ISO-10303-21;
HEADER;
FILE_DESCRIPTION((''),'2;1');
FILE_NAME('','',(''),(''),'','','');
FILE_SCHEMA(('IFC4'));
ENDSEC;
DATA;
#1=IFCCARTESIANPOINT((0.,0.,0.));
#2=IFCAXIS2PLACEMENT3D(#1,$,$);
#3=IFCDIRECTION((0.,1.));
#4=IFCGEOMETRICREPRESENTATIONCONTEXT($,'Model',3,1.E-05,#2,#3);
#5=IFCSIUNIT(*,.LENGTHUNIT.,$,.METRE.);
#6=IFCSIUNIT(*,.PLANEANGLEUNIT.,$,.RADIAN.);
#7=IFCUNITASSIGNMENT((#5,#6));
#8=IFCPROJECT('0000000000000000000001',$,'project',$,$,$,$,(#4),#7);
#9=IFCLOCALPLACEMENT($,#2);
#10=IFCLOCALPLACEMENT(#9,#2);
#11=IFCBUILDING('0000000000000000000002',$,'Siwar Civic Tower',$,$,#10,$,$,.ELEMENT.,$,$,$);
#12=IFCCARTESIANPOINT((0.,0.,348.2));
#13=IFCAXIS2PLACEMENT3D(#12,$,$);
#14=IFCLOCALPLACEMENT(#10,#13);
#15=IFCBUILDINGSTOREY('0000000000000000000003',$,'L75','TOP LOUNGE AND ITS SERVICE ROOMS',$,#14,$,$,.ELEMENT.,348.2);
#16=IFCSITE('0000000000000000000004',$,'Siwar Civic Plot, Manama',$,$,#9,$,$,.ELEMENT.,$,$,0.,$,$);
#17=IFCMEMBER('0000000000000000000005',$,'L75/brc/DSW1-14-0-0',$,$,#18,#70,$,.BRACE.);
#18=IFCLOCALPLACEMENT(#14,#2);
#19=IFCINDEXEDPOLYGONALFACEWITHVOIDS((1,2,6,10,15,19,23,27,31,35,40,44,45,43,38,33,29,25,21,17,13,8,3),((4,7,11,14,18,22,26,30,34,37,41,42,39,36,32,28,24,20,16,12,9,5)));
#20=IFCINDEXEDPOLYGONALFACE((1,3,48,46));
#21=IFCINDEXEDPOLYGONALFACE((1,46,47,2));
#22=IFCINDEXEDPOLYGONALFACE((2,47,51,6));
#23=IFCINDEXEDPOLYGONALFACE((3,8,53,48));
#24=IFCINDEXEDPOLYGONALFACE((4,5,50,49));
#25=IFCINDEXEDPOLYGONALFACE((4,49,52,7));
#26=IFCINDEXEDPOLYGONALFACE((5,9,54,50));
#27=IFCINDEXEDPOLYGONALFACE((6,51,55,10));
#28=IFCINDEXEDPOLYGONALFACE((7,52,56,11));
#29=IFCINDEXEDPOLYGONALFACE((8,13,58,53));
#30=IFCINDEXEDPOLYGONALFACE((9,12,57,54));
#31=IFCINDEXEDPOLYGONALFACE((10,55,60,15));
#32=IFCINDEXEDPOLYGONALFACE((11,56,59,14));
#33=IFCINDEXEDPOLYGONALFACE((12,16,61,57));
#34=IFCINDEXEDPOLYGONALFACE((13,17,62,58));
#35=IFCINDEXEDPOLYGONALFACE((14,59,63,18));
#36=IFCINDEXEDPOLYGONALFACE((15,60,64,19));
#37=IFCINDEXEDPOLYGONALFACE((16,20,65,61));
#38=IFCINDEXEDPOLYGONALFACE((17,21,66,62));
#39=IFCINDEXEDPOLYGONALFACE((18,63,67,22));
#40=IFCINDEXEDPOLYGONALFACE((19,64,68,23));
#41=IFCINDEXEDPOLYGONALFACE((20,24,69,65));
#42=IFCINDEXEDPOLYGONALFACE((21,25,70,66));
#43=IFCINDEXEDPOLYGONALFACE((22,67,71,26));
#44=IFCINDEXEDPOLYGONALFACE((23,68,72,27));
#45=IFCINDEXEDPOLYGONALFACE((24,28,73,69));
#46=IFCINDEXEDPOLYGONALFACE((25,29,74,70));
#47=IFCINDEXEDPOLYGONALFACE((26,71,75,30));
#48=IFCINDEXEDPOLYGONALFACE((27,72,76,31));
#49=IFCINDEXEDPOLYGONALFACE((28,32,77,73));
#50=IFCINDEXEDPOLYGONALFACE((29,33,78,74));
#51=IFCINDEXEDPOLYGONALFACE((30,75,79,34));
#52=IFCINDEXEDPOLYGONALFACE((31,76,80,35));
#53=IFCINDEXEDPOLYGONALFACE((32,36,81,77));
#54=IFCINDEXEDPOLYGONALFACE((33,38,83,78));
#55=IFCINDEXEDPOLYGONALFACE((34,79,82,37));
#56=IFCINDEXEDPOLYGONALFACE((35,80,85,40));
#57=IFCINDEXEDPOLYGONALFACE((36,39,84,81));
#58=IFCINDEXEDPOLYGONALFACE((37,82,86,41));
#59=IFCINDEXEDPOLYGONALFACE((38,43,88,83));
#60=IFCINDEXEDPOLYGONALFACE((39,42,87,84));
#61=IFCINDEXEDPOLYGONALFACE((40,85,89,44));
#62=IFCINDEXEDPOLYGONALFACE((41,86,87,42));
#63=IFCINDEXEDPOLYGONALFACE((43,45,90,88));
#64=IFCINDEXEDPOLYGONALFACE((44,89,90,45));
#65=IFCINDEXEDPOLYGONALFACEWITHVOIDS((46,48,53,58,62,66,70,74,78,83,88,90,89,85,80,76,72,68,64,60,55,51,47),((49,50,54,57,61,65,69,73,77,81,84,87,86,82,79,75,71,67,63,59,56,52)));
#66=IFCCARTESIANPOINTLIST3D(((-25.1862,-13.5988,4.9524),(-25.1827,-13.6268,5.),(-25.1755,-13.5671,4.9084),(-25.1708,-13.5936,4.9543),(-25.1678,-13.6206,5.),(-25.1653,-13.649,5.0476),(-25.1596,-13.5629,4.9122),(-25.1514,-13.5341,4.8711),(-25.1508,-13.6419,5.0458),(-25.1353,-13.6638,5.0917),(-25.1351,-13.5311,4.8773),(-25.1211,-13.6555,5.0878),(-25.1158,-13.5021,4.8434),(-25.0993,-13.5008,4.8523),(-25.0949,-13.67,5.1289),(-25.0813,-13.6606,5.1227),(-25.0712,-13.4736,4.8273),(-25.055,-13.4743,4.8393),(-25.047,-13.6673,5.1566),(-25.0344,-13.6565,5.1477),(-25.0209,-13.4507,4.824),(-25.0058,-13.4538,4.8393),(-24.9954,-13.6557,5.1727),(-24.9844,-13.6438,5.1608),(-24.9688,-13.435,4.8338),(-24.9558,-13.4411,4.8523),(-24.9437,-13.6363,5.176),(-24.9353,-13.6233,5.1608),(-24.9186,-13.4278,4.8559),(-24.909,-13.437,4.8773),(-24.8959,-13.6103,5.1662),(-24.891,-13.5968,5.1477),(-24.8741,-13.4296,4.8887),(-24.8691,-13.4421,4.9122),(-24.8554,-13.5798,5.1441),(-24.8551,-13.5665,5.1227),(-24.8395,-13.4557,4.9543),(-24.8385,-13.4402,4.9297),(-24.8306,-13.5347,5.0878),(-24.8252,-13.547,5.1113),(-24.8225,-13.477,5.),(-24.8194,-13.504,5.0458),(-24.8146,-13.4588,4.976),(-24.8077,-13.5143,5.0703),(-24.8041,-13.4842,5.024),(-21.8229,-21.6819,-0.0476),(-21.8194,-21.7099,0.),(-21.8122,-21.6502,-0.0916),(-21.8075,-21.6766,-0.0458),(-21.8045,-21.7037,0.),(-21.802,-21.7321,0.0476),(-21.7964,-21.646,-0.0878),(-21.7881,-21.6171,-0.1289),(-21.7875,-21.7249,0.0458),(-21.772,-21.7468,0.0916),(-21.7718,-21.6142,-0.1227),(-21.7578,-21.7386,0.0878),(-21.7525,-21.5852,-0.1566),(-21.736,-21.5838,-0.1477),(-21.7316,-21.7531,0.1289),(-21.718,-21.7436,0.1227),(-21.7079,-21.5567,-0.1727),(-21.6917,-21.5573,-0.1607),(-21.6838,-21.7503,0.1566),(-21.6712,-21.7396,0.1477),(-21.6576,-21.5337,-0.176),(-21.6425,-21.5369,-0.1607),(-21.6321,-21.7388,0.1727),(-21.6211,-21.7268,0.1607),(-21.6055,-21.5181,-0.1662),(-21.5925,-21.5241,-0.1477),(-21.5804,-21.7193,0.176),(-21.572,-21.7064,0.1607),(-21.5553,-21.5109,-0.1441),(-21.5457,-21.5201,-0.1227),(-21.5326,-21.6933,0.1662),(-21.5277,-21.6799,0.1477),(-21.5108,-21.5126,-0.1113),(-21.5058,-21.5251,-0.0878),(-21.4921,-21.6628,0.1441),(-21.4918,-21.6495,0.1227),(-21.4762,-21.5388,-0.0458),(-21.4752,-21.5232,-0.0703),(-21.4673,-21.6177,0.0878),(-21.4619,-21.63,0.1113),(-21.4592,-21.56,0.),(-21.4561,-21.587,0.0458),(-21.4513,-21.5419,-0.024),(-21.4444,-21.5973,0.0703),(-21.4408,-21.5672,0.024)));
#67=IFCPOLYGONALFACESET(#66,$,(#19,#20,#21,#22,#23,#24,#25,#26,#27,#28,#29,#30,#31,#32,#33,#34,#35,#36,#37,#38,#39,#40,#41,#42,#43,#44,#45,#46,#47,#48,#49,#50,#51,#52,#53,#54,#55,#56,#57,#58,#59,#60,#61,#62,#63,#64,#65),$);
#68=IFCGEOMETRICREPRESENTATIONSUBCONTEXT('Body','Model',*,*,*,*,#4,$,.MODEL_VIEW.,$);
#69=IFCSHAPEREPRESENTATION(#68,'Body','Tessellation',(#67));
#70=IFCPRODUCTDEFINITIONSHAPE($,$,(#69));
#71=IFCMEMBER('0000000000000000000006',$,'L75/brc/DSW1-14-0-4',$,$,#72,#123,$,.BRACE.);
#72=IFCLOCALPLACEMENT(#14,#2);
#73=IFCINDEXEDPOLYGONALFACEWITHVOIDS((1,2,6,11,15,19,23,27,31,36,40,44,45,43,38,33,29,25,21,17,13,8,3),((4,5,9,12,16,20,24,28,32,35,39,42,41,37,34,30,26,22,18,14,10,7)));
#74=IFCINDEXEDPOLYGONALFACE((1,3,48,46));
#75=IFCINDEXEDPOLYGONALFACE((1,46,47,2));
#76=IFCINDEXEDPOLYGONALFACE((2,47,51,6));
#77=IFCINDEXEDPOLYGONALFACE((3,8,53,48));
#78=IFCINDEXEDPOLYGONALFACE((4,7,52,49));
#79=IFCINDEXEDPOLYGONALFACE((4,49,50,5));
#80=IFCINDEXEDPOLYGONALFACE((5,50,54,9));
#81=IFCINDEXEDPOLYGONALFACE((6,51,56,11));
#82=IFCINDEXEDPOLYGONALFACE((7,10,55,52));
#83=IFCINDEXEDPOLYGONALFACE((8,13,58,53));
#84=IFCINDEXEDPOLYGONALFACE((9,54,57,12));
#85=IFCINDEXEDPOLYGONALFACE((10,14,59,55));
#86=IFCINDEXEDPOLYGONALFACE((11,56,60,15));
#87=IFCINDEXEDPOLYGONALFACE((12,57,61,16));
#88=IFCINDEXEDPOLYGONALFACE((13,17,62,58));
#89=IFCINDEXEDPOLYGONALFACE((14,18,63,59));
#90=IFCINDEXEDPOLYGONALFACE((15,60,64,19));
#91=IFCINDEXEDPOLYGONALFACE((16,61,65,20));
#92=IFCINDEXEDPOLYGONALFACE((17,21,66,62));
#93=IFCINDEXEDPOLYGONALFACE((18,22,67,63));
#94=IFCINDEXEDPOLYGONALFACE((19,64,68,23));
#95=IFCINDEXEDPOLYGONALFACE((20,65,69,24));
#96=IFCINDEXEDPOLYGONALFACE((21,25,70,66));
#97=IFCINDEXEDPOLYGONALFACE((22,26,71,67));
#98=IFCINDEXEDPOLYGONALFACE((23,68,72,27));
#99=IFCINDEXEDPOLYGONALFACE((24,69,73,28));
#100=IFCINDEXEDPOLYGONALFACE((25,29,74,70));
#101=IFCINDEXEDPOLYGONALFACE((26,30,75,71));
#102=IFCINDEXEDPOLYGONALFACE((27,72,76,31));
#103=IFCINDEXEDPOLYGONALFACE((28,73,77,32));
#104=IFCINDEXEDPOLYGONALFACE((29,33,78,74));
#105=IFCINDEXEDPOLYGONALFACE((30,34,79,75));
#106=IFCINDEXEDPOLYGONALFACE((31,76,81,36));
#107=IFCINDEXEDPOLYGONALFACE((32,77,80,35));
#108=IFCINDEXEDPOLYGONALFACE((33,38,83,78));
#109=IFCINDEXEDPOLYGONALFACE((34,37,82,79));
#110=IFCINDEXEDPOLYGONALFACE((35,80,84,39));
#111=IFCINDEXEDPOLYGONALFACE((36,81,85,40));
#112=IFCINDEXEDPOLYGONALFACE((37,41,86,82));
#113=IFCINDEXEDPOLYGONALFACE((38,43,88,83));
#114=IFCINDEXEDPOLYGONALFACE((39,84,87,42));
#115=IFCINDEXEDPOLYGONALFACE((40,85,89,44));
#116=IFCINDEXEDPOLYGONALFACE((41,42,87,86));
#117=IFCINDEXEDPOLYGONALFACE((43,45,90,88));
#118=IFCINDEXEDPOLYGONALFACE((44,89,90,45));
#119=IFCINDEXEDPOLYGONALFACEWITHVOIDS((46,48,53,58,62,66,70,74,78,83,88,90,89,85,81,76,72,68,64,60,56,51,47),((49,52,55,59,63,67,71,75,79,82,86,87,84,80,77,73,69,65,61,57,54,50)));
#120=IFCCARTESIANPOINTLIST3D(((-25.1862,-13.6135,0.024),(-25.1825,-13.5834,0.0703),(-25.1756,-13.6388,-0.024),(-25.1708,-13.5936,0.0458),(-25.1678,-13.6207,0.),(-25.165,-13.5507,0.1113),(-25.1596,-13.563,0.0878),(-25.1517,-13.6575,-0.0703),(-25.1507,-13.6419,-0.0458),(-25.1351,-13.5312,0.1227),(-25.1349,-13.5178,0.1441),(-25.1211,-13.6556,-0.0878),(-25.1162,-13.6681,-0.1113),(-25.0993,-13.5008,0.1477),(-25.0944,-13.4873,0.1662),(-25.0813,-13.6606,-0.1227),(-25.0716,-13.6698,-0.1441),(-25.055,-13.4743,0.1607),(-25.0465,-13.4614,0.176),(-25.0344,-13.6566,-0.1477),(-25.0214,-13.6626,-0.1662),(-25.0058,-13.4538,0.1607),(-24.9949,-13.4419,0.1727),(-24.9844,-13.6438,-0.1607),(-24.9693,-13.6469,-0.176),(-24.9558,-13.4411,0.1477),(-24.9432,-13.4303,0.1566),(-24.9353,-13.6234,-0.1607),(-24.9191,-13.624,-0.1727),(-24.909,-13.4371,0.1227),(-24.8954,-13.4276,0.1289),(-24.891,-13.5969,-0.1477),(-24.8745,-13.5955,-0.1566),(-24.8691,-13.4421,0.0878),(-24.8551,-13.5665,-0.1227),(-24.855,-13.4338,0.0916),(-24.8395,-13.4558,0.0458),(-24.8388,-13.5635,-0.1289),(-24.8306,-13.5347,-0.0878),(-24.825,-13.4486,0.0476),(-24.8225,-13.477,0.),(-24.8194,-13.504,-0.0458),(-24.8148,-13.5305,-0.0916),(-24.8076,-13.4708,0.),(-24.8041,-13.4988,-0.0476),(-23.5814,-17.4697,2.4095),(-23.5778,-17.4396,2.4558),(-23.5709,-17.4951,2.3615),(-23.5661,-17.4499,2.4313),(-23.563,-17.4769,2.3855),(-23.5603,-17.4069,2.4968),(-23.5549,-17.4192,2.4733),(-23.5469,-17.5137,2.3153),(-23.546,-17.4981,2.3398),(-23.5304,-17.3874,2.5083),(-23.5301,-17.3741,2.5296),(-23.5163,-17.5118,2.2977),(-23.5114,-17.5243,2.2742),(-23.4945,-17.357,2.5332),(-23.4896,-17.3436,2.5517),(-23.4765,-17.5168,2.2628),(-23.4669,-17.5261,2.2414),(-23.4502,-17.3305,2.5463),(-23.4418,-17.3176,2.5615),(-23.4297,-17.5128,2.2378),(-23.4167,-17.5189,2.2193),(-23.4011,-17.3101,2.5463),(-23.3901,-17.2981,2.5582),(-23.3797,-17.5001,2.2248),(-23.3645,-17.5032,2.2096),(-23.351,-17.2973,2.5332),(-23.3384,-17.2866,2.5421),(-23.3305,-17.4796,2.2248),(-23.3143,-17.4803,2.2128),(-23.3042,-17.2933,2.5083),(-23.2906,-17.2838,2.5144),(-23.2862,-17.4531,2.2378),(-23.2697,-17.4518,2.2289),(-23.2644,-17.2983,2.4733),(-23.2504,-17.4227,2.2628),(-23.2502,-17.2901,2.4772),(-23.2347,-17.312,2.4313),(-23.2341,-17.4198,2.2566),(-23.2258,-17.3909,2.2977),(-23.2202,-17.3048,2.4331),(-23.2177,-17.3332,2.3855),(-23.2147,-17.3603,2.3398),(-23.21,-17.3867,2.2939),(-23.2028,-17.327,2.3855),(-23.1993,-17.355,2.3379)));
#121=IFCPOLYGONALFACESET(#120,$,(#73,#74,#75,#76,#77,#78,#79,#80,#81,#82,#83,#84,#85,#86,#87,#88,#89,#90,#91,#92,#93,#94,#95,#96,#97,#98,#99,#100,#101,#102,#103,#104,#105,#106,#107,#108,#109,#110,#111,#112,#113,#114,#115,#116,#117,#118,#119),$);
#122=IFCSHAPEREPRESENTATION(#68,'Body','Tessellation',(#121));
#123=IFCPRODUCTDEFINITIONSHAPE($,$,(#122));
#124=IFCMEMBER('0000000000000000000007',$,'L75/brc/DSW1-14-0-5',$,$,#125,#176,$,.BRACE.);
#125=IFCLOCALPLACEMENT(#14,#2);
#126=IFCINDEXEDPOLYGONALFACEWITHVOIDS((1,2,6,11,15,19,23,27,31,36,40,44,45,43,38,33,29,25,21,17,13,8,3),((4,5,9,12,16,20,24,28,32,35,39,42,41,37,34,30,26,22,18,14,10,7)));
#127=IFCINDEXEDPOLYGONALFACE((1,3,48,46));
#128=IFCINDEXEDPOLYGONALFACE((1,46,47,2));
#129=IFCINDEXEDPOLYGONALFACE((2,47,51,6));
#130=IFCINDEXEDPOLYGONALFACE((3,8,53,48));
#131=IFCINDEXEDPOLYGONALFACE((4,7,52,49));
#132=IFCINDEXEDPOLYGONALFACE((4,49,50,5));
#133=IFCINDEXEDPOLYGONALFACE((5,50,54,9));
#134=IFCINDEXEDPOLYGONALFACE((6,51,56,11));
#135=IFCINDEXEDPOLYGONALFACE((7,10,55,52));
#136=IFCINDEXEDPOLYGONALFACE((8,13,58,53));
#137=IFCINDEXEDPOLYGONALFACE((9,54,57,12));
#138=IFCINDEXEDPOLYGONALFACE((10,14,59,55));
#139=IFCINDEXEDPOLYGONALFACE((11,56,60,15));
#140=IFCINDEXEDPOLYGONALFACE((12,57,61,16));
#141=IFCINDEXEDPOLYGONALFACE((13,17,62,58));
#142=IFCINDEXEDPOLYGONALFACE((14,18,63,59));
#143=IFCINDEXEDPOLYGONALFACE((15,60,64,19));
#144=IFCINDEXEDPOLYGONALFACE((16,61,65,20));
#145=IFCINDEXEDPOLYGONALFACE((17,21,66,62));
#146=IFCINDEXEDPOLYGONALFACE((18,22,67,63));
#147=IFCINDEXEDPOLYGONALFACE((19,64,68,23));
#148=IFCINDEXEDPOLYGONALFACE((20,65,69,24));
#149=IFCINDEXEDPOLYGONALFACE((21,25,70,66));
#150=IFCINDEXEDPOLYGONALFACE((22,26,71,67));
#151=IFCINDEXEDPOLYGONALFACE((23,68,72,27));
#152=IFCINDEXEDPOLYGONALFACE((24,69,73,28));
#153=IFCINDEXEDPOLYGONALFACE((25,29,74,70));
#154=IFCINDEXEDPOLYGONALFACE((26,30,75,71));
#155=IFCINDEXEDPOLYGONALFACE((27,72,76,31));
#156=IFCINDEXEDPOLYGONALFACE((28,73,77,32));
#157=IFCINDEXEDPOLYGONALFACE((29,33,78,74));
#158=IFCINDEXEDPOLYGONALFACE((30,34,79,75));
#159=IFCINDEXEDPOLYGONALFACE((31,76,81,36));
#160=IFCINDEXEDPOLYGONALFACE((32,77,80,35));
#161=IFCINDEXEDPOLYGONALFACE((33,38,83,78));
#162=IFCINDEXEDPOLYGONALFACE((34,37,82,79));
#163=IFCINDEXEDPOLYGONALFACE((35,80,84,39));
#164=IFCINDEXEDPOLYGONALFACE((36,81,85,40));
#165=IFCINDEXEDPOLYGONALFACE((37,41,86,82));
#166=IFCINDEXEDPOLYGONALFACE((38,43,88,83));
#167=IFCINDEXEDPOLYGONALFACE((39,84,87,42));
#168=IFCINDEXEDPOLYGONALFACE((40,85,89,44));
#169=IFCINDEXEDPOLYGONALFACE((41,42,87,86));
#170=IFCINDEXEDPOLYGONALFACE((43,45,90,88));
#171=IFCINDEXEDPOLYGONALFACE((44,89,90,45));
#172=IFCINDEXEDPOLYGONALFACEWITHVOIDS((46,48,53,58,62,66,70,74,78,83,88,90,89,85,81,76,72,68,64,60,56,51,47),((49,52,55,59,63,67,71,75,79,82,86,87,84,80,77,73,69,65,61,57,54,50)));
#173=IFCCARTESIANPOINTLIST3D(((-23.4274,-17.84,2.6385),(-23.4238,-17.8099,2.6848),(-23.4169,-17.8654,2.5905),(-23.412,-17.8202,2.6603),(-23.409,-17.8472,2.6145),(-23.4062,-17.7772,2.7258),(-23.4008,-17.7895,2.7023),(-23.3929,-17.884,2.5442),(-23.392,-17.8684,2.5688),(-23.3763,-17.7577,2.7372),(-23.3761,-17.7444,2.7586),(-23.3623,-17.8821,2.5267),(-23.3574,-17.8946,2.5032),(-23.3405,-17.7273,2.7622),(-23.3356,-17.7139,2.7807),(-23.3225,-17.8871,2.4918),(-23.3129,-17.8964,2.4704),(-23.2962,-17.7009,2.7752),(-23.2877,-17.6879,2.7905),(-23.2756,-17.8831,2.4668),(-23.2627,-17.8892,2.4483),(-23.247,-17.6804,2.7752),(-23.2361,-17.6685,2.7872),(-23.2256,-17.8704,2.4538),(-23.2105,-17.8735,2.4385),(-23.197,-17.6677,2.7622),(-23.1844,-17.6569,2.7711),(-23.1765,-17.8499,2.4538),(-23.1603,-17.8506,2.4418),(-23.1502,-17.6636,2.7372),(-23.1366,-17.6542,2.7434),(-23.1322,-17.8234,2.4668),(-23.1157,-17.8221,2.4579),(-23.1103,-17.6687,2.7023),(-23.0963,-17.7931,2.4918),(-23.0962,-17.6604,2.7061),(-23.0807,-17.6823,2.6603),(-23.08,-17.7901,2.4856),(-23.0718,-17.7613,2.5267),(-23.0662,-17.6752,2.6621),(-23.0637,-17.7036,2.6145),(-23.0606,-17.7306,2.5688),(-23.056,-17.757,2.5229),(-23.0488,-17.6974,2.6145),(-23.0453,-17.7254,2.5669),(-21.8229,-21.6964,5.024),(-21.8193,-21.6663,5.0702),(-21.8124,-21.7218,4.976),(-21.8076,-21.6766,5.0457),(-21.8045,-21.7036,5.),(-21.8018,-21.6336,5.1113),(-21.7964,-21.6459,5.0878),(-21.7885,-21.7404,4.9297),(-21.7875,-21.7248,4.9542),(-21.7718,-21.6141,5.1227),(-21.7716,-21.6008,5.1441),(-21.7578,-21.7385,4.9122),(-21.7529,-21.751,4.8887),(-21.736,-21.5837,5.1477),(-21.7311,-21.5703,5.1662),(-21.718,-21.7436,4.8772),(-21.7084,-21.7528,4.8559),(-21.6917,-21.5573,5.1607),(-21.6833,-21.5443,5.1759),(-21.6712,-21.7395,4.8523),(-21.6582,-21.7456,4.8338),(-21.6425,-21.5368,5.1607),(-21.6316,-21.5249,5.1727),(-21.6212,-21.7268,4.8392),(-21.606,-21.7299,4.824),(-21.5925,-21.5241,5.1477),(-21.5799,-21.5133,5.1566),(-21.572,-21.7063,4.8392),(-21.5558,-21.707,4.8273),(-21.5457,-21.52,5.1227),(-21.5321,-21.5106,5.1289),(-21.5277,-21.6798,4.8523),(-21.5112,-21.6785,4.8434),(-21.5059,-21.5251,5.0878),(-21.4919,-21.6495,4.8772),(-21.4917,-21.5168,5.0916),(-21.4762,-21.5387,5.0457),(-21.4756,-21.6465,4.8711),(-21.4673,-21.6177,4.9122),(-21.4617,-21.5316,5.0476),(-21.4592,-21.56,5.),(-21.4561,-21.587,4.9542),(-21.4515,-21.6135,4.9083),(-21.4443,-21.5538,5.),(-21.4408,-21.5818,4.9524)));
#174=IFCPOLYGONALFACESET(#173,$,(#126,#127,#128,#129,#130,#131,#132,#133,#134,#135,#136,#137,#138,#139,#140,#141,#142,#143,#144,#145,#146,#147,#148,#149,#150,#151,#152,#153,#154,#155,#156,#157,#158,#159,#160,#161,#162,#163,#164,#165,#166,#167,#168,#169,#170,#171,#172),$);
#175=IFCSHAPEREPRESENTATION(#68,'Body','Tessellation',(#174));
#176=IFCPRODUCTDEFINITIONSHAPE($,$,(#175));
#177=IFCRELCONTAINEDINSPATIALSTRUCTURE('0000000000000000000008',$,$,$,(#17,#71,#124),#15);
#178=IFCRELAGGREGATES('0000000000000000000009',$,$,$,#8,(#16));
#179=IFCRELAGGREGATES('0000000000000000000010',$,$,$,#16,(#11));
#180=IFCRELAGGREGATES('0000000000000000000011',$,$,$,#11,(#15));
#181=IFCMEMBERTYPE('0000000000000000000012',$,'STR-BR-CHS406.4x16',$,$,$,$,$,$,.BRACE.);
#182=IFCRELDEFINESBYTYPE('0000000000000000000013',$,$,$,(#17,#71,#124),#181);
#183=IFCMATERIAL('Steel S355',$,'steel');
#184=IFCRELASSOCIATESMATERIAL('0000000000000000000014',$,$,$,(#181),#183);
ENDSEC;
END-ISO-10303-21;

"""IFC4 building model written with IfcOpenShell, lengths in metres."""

from ifc_helpers import new_model, si_unit, direction, frame, origin, origin_2d, place, context, subcontext, project, spatial, hollow_circle, extrude, material, material_profile, profile_set, type_object, element, save


model = new_model("IFC4")

# Units and contexts
model_context = context("Model", 3, precision=1e-05, world=origin(), true_north=direction((0.0, 1.0)))
body_context = subcontext(model_context, "Body", "Model", "MODEL_VIEW")
ifc_project = project(units=[si_unit("LENGTHUNIT", "METRE"), si_unit("PLANEANGLEUNIT", "RADIAN")], contexts=[model_context])

# Site, building, storey
site_placement = place(None, origin())
site = spatial("IfcSite", under=ifc_project, at=site_placement, Name="Siwar Civic Plot, Manama", CompositionType="ELEMENT", RefElevation=0.0)
building_placement = place(site_placement, origin())
building = spatial("IfcBuilding", under=site, at=building_placement, Name="Siwar Civic Tower", CompositionType="ELEMENT")
storey_placement = place(building_placement, frame((0.0, 0.0, 348.2)))
storey = spatial("IfcBuildingStorey", under=building, at=storey_placement, Name="L75", Description="TOP LOUNGE AND ITS SERVICE ROOMS", CompositionType="ELEMENT", Elevation=348.2)

# Members
ifc_material_1 = material(Name="Steel S355", Category="steel")
ifc_material_profile_1 = material_profile(ifc_material_1, hollow_circle(Radius=0.2031, WallThickness=0.0161, at=origin_2d()), Name="CHS406.4x16")
ifc_profile_set_1 = profile_set([ifc_material_profile_1], Name="Steel S355")
member_type_1 = type_object("IfcMemberType", Name="STR-BR-CHS406.4x16", PredefinedType="BRACE", material=ifc_profile_set_1)
member_1_placement = place(storey_placement, frame((-21.6318, -21.6318, 0.0), z_axis=(-0.333593, 0.801727, 0.495933), x_axis=(-0.923265, -0.384164, 0.0)))
element("IfcMember", 1, at=member_1_placement, inside=storey, type_object=member_type_1, Name="L75/brc/DSW1-14-0-0", PredefinedType="BRACE", context=body_context, shape_type="SweptSolid", body=[
    extrude(hollow_circle(Radius=0.2031, WallThickness=0.0161, at=origin_2d()), origin(), (0.0, 0.0, 1.0), 10.082),
])
for number, where, z_axis, x_axis, name in (
    (2, (-24.9951, -13.5488, 0.0), (0.333625, -0.801706, 0.495946), (0.923248, 0.384204, 0.0), "L75/brc/DSW1-14-0-4"),
    (3, (-23.2363, -17.7754, 2.6145), (0.333567, -0.801737, 0.495934), (0.923277, 0.384134, 0.0), "L75/brc/DSW1-14-0-5"),
):
    element("IfcMember", number, at=place(storey_placement, frame(where, z_axis=z_axis, x_axis=x_axis)), inside=storey, type_object=member_type_1, Name=name, PredefinedType="BRACE", context=body_context, shape_type="SweptSolid", body=[
        extrude(hollow_circle(Radius=0.2031, WallThickness=0.0161, at=origin_2d()), origin(), (0.0, 0.0, 1.0), 4.8101),
    ])

save(model, "model.ifc")
